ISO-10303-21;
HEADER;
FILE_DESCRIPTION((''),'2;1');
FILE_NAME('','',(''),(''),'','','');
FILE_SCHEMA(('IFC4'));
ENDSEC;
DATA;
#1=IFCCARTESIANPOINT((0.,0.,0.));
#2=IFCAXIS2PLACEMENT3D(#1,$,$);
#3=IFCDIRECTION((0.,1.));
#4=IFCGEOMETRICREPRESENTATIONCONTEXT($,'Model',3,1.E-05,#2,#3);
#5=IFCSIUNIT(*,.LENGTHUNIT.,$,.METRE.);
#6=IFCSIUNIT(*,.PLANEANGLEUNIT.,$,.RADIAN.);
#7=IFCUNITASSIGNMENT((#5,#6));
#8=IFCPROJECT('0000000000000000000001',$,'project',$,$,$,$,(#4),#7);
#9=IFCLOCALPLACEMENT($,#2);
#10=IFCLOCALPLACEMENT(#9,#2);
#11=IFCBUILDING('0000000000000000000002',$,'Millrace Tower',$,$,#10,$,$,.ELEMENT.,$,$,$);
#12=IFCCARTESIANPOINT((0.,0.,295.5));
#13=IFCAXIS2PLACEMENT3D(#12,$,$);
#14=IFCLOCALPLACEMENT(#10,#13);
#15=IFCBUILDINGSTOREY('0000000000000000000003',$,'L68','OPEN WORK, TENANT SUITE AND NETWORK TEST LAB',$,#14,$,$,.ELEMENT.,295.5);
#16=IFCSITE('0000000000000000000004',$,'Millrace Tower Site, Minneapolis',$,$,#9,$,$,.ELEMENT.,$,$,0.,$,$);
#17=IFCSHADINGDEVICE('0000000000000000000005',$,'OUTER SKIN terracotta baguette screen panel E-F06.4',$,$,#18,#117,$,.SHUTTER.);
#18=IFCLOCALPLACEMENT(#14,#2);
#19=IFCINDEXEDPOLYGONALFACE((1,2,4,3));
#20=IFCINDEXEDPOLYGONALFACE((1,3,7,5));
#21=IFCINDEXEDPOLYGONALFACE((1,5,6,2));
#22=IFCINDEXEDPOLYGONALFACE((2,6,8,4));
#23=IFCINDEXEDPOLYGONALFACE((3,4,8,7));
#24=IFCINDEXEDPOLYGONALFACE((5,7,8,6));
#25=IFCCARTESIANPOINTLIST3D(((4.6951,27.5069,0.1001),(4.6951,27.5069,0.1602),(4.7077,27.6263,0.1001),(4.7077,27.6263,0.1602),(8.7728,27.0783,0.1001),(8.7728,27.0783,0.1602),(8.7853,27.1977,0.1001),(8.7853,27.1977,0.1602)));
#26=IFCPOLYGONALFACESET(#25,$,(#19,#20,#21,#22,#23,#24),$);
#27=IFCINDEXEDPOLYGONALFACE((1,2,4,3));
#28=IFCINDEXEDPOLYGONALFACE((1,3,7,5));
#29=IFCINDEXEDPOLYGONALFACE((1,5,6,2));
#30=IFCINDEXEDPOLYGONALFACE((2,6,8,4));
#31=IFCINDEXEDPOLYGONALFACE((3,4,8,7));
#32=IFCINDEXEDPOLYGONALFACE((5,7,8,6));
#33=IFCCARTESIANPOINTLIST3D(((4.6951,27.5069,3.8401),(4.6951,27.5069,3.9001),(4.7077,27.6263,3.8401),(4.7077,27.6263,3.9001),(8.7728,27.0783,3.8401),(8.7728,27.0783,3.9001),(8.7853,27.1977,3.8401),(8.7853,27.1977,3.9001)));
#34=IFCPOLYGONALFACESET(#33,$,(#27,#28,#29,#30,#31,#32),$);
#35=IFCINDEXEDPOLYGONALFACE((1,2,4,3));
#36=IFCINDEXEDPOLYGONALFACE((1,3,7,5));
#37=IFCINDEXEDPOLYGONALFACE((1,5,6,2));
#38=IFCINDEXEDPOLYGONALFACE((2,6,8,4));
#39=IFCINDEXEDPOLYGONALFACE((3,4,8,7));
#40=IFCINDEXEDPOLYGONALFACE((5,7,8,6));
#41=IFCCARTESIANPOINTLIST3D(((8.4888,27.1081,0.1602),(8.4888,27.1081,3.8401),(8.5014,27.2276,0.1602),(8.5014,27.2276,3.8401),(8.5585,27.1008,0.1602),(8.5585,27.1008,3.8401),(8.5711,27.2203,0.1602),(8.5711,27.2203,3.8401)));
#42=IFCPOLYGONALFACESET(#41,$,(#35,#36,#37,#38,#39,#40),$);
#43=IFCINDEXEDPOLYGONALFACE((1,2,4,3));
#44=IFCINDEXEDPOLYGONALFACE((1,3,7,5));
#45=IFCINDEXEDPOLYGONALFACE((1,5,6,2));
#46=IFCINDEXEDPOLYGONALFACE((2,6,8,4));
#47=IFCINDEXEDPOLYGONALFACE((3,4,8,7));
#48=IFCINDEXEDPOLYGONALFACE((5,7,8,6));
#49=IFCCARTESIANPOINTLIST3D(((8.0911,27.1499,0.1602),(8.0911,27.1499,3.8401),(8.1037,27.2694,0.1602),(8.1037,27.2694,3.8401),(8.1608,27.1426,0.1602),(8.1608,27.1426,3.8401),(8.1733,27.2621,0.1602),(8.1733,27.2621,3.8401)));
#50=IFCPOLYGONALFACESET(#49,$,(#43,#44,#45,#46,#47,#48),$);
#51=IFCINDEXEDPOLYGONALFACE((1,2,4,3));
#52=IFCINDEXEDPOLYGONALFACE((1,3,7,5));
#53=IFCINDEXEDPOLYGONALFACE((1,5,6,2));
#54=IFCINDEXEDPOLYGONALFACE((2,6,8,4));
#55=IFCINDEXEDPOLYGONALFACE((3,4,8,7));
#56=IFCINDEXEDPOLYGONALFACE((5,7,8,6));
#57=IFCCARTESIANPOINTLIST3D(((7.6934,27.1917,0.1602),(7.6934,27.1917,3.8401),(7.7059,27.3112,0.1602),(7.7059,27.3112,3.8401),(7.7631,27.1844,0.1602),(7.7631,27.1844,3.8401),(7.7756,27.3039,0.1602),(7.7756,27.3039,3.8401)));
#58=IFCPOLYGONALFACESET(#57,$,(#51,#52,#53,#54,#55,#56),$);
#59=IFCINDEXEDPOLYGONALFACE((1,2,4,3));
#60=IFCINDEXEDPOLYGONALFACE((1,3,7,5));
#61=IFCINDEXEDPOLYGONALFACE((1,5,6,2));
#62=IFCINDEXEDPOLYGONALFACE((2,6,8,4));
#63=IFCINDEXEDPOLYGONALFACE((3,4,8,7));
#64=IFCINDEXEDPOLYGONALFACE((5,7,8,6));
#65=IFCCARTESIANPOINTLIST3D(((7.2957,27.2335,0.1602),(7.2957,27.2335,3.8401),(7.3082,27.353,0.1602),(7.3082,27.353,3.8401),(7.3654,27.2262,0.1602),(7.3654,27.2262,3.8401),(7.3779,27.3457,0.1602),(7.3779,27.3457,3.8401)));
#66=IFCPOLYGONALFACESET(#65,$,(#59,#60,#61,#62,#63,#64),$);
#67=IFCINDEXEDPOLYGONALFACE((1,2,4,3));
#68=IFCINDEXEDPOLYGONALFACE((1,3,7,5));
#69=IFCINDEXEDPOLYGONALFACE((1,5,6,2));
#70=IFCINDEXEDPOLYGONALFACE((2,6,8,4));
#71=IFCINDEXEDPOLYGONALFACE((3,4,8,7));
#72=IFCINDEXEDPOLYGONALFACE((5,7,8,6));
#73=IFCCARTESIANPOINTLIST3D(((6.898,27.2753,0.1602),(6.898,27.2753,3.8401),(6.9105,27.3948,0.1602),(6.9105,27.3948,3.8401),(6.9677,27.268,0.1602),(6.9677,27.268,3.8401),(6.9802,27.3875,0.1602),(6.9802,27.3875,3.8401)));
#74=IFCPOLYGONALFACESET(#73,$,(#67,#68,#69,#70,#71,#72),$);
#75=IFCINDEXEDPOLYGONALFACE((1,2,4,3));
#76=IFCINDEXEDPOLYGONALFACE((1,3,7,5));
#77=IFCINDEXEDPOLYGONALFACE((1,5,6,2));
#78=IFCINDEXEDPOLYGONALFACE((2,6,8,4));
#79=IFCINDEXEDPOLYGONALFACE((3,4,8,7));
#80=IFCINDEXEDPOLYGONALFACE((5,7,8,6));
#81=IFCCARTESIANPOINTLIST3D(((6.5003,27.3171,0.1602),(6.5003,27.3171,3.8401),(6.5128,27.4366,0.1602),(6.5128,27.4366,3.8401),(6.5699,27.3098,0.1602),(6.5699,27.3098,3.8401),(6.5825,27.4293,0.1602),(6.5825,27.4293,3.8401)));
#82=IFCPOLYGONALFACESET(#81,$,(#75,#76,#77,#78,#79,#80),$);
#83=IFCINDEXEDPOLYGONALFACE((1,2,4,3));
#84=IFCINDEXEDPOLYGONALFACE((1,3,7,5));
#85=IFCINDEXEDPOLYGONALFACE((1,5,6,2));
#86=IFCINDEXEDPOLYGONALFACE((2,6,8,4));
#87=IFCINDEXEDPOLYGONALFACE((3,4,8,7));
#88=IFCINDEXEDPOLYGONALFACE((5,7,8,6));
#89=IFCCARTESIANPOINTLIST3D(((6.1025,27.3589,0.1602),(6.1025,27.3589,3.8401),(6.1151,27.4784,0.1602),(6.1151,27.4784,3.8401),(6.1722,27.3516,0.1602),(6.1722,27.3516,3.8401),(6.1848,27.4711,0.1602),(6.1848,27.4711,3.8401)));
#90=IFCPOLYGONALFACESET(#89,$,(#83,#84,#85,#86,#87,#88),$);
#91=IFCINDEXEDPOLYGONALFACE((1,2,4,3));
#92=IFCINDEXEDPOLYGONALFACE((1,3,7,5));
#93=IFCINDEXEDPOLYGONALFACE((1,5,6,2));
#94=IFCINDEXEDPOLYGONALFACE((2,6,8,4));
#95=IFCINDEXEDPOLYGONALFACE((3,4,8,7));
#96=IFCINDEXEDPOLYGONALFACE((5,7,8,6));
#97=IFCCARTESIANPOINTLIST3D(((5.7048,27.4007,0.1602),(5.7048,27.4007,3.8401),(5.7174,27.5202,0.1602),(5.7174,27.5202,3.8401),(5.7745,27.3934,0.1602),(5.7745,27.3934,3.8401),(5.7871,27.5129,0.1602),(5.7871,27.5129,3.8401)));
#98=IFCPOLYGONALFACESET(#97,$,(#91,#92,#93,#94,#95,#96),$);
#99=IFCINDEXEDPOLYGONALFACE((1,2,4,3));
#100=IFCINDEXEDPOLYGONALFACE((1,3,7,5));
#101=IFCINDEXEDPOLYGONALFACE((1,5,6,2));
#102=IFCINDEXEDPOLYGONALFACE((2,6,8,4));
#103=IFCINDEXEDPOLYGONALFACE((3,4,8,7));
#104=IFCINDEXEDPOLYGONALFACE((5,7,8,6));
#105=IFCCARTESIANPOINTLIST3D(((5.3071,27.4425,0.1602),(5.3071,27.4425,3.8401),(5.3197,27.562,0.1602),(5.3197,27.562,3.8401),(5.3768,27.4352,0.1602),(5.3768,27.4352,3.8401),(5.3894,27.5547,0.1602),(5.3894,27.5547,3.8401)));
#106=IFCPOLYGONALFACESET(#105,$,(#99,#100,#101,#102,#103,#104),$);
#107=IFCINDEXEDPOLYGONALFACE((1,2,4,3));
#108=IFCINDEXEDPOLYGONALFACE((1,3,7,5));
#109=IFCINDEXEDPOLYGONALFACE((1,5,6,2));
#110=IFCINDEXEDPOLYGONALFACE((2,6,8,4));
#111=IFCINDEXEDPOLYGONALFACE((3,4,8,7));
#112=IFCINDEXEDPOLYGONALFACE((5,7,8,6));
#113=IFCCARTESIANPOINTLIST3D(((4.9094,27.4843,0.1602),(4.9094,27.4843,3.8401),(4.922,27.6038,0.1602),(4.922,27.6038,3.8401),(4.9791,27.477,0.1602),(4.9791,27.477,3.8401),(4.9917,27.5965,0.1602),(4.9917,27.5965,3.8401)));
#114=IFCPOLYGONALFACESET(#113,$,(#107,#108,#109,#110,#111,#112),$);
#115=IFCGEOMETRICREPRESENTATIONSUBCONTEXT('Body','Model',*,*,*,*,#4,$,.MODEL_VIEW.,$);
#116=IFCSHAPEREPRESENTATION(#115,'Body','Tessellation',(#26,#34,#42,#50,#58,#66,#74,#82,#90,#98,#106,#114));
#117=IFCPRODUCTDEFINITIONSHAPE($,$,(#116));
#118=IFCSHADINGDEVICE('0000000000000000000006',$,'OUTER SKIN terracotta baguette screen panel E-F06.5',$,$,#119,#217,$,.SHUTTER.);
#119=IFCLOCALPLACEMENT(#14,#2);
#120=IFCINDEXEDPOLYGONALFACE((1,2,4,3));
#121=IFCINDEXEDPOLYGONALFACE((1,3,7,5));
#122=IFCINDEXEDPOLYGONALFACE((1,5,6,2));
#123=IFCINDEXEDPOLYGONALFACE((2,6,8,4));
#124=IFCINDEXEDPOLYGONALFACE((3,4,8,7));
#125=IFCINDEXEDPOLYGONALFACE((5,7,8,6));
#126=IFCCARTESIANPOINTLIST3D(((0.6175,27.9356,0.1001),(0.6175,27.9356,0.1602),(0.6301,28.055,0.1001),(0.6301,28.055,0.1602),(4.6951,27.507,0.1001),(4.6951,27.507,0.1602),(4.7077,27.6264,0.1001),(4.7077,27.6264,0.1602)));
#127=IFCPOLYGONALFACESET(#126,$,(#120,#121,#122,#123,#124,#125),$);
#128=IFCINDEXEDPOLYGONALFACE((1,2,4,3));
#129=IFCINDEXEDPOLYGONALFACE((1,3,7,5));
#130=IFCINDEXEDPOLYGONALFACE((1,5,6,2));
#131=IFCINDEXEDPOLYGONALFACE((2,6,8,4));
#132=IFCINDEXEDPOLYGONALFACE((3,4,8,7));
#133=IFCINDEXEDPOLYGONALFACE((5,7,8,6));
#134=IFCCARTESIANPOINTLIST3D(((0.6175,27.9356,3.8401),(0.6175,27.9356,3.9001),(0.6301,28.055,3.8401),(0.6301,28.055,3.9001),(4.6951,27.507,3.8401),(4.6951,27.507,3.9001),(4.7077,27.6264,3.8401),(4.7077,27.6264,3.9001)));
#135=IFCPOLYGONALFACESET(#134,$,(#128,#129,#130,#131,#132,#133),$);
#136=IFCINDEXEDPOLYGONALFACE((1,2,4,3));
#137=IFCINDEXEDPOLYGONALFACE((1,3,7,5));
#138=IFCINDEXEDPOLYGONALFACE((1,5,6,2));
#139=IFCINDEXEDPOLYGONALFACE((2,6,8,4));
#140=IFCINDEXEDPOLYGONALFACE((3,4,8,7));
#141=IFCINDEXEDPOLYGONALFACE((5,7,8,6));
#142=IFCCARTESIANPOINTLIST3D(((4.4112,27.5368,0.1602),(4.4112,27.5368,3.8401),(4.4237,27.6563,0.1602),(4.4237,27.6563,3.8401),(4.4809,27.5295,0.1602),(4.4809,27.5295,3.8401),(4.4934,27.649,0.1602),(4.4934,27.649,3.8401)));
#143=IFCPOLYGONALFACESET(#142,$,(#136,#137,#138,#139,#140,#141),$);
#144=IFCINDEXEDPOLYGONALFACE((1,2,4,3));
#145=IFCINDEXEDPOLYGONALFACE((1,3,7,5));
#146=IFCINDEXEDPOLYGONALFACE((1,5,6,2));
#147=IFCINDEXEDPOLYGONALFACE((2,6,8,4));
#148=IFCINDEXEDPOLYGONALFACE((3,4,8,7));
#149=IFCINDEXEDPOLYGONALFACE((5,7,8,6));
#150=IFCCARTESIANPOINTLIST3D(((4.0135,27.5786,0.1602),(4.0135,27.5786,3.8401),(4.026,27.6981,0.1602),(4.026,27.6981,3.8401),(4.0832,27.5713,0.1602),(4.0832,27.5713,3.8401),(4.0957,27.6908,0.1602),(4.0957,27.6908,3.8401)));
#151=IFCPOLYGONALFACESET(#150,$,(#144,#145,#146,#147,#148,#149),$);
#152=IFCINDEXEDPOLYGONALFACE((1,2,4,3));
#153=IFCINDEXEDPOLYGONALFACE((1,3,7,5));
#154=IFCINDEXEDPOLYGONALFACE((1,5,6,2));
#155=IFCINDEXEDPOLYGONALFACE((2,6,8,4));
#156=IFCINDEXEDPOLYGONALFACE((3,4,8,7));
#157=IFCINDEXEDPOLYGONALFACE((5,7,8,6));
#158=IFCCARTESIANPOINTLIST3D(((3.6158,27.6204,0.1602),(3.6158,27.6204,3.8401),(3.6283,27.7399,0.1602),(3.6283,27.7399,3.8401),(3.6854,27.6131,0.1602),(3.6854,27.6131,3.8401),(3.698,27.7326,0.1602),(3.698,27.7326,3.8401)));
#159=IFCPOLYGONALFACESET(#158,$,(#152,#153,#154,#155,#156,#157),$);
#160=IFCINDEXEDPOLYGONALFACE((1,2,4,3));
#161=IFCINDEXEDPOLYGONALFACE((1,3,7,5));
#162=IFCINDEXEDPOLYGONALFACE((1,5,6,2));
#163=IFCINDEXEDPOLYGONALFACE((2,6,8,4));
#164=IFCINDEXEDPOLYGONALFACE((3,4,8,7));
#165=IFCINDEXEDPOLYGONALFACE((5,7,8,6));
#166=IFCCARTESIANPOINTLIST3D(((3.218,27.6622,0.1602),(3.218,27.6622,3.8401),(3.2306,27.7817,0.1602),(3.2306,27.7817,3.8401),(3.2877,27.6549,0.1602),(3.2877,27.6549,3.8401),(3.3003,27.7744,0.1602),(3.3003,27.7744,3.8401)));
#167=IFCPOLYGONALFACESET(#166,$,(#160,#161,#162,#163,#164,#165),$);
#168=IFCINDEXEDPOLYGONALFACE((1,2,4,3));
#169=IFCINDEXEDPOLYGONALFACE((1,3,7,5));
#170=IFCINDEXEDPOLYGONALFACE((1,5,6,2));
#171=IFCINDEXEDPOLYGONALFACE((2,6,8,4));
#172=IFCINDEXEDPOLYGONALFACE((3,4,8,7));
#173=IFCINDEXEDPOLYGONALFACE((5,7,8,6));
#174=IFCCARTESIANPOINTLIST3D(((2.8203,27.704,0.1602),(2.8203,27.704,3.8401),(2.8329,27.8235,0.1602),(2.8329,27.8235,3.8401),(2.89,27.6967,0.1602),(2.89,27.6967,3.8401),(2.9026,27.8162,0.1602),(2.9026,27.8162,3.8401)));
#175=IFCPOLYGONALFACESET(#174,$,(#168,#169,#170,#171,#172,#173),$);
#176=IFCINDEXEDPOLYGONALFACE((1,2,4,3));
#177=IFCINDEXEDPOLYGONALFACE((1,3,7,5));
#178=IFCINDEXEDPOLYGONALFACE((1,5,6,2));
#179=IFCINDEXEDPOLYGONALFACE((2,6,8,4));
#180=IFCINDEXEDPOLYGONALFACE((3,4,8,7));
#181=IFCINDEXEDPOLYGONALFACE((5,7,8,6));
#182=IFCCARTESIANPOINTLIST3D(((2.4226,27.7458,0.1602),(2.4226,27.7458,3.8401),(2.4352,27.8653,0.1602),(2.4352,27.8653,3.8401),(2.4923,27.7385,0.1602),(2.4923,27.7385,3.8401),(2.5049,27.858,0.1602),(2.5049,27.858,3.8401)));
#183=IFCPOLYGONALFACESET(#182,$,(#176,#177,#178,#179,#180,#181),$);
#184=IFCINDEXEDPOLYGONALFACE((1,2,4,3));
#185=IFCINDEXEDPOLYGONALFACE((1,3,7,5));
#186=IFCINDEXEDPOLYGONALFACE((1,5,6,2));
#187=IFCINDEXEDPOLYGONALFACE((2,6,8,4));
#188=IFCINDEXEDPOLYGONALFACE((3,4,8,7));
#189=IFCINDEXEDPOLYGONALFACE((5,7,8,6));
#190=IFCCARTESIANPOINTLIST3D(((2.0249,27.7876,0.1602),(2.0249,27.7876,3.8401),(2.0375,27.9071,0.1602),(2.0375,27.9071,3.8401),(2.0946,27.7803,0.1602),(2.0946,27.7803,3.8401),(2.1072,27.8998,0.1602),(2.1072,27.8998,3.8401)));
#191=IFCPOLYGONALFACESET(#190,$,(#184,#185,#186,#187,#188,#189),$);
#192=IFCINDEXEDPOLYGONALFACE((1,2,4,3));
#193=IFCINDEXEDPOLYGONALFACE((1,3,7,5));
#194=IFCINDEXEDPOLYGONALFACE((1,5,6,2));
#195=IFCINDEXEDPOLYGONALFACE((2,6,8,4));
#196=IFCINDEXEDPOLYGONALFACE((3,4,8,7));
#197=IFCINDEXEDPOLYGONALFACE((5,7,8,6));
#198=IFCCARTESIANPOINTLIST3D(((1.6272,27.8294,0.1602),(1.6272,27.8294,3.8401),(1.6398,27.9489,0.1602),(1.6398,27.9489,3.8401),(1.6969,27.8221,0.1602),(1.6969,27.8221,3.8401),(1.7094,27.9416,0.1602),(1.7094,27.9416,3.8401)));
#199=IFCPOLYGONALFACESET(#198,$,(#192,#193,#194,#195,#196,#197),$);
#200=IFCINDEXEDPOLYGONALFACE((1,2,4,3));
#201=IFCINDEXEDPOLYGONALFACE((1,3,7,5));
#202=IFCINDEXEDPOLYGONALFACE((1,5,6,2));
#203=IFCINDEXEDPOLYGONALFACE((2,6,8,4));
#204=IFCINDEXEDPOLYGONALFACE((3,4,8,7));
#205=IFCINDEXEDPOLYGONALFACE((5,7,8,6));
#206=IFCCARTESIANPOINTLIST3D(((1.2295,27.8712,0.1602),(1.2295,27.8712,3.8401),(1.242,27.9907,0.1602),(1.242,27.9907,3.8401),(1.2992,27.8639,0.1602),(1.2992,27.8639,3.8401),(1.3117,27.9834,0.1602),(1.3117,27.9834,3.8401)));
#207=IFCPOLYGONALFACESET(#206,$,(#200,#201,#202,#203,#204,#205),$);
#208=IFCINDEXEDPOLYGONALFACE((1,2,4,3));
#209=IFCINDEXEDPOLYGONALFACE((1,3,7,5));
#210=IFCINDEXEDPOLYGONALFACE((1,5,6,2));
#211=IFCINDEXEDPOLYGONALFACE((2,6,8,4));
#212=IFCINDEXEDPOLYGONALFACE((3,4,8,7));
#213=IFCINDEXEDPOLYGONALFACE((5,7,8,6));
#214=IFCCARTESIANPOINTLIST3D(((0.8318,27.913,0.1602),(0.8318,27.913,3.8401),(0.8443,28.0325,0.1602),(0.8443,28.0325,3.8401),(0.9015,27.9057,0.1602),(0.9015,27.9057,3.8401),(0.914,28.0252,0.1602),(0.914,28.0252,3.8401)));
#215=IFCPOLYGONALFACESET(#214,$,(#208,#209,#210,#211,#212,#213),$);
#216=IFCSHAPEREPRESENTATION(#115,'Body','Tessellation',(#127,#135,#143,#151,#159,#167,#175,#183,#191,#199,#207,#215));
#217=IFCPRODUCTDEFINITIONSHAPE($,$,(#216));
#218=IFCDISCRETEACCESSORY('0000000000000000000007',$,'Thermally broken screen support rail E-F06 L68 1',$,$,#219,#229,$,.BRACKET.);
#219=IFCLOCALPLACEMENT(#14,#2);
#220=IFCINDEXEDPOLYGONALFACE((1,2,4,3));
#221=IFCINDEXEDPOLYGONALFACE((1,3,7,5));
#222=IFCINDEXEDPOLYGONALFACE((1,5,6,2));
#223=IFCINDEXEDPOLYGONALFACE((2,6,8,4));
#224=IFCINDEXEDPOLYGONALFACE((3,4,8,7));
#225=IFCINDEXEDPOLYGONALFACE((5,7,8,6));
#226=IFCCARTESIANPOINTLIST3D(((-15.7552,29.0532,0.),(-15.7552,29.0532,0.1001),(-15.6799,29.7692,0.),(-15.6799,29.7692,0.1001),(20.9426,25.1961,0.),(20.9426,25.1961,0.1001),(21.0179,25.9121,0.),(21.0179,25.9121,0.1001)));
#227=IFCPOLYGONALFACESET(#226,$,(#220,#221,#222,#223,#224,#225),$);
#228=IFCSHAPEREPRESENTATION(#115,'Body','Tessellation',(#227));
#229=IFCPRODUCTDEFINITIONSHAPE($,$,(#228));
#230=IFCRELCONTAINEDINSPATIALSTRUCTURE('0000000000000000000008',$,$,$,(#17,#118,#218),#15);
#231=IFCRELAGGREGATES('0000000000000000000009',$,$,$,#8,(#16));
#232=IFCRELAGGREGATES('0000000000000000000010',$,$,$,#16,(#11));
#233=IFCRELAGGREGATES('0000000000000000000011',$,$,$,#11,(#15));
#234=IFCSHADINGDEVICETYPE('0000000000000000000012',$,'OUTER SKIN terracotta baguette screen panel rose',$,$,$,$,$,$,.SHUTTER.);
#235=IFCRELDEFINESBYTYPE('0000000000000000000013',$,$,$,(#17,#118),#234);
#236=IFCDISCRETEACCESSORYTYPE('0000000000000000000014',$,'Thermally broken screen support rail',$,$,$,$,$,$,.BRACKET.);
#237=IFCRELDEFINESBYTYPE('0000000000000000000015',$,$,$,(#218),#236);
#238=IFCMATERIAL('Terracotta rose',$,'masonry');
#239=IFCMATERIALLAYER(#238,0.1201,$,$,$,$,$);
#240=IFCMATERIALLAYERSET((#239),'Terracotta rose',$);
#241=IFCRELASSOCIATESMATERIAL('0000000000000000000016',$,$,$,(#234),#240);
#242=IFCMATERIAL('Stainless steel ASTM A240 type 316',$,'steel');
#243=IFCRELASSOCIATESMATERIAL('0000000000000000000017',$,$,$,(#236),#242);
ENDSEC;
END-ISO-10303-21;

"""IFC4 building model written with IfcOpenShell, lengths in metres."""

from ifc_helpers import new_model, entity, si_unit, direction, frame, frame_2d, origin, origin_2d, place, context, subcontext, project, spatial, rectangle, extrude, source, transform, mapped, material, layer, layer_set, type_object, element, save


model = new_model("IFC4")

# Units and contexts
model_context = context("Model", 3, precision=1e-05, world=origin(), true_north=direction((0.0, 1.0)))
body_context = subcontext(model_context, "Body", "Model", "MODEL_VIEW")
ifc_project = project(units=[si_unit("LENGTHUNIT", "METRE"), si_unit("PLANEANGLEUNIT", "RADIAN")], contexts=[model_context])

# Site, building, storey
site_placement = place(None, origin())
site = spatial("IfcSite", under=ifc_project, at=site_placement, Name="Millrace Tower Site, Minneapolis", CompositionType="ELEMENT", RefElevation=0.0)
building_placement = place(site_placement, origin())
building = spatial("IfcBuilding", under=site, at=building_placement, Name="Millrace Tower", CompositionType="ELEMENT")
storey_placement = place(building_placement, frame((0.0, 0.0, 295.5)))
storey = spatial("IfcBuildingStorey", under=building, at=storey_placement, Name="L68", Description="OPEN WORK, TENANT SUITE AND NETWORK TEST LAB", CompositionType="ELEMENT", Elevation=295.5)

# Shading devices
ifc_material_1 = material(Name="Terracotta rose", Category="masonry")
ifc_layer_1 = layer(ifc_material_1, 0.1201)
ifc_layer_set_1 = layer_set([ifc_layer_1], Name="Terracotta rose")
shading_device_type = type_object("IfcShadingDeviceType", Name="OUTER SKIN terracotta baguette screen panel rose", PredefinedType="SHUTTER", material=ifc_layer_set_1)
cartesian_point = entity("IfcCartesianPoint", [-2.05, 0.0601])
shared_polyline = entity("IfcPolyline", [cartesian_point, entity("IfcCartesianPoint", [2.05, 0.0601]), entity("IfcCartesianPoint", [2.05, -0.0601]), entity("IfcCartesianPoint", [-2.05, -0.0601]), cartesian_point])
shared_shape = source(origin(), body_context, "Body", "SweptSolid", [
    entity("IfcExtrudedAreaSolid", entity("IfcArbitraryClosedProfileDef", "AREA", None, shared_polyline), entity("IfcAxis2Placement3D", entity("IfcCartesianPoint", [0.0, 0.0, 0.0])), entity("IfcDirection", [0.0, 0.0, 1.0]), 0.0601),
    entity("IfcExtrudedAreaSolid", entity("IfcArbitraryClosedProfileDef", "AREA", None, shared_polyline), entity("IfcAxis2Placement3D", entity("IfcCartesianPoint", [0.0, 0.0, 3.74])), entity("IfcDirection", [0.0, 0.0, 1.0]), 0.0601),
    extrude(rectangle(XDim=0.0701, YDim=0.1201, at=frame_2d((-1.7996, 0.0))), frame((0.0, 0.0, 0.0601)), (0.0, 0.0, 1.0), 3.6799),
    extrude(rectangle(XDim=0.0701, YDim=0.1201, at=frame_2d((-1.3997, 0.0))), frame((0.0, 0.0, 0.0601)), (0.0, 0.0, 1.0), 3.6799),
    extrude(rectangle(XDim=0.0701, YDim=0.1201, at=frame_2d((-0.9998, 0.0))), frame((0.0, 0.0, 0.0601)), (0.0, 0.0, 1.0), 3.6799),
    extrude(rectangle(XDim=0.0701, YDim=0.1201, at=frame_2d((-0.5999, 0.0))), frame((0.0, 0.0, 0.0601)), (0.0, 0.0, 1.0), 3.6799),
    extrude(rectangle(XDim=0.0701, YDim=0.1201, at=frame_2d((-0.2, 0.0))), frame((0.0, 0.0, 0.0601)), (0.0, 0.0, 1.0), 3.6799),
    extrude(rectangle(XDim=0.0701, YDim=0.1201, at=frame_2d((0.2, 0.0))), frame((0.0, 0.0, 0.0601)), (0.0, 0.0, 1.0), 3.6799),
    extrude(rectangle(XDim=0.0701, YDim=0.1201, at=frame_2d((0.5999, 0.0))), frame((0.0, 0.0, 0.0601)), (0.0, 0.0, 1.0), 3.6799),
    extrude(rectangle(XDim=0.0701, YDim=0.1201, at=frame_2d((0.9998, 0.0))), frame((0.0, 0.0, 0.0601)), (0.0, 0.0, 1.0), 3.6799),
    extrude(rectangle(XDim=0.0701, YDim=0.1201, at=frame_2d((1.3997, 0.0))), frame((0.0, 0.0, 0.0601)), (0.0, 0.0, 1.0), 3.6799),
    extrude(rectangle(XDim=0.0701, YDim=0.1201, at=frame_2d((1.7996, 0.0))), frame((0.0, 0.0, 0.0601)), (0.0, 0.0, 1.0), 3.6799),
])
for number, where, z_axis, x_axis, name in (
    (1, (6.7402, 27.3523, 0.1001), (0.0, 0.0, 1.0), (-0.994522, 0.104528, 0.0), "OUTER SKIN terracotta baguette screen panel E-F06.4"),
    (2, (2.6626, 27.781, 0.1001), (0.0, 0.0, 1.0), (-0.994522, 0.104528, 0.0), "OUTER SKIN terracotta baguette screen panel E-F06.5"),
):
    element("IfcShadingDevice", number, at=place(storey_placement, frame(where, z_axis=z_axis, x_axis=x_axis)), inside=storey, type_object=shading_device_type, Name=name, PredefinedType="SHUTTER", context=body_context, shape_type="MappedRepresentation", body=[
        mapped(shared_shape, transform((0.0, 0.0, 0.0), scale=1.0)),
    ])

# Discrete accessory
ifc_material_2 = material(Name="Stainless steel ASTM A240 type 316", Category="steel")
discrete_accessory_type = type_object("IfcDiscreteAccessoryType", Name="Thermally broken screen support rail", PredefinedType="BRACKET", material=ifc_material_2)
discrete_accessory_placement = place(storey_placement, frame((2.6313, 27.4827, 0.0), z_axis=(0.0, 0.0, 1.0), x_axis=(-0.994522, 0.104528, 0.0)))
element("IfcDiscreteAccessory", 3, at=discrete_accessory_placement, inside=storey, type_object=discrete_accessory_type, Name="Thermally broken screen support rail E-F06 L68 1", PredefinedType="BRACKET", context=body_context, shape_type="SweptSolid", body=[
    extrude(rectangle(XDim=36.8999, YDim=0.72, at=origin_2d()), origin(), (0.0, 0.0, 1.0), 0.1001),
])

save(model, "model.ifc")
